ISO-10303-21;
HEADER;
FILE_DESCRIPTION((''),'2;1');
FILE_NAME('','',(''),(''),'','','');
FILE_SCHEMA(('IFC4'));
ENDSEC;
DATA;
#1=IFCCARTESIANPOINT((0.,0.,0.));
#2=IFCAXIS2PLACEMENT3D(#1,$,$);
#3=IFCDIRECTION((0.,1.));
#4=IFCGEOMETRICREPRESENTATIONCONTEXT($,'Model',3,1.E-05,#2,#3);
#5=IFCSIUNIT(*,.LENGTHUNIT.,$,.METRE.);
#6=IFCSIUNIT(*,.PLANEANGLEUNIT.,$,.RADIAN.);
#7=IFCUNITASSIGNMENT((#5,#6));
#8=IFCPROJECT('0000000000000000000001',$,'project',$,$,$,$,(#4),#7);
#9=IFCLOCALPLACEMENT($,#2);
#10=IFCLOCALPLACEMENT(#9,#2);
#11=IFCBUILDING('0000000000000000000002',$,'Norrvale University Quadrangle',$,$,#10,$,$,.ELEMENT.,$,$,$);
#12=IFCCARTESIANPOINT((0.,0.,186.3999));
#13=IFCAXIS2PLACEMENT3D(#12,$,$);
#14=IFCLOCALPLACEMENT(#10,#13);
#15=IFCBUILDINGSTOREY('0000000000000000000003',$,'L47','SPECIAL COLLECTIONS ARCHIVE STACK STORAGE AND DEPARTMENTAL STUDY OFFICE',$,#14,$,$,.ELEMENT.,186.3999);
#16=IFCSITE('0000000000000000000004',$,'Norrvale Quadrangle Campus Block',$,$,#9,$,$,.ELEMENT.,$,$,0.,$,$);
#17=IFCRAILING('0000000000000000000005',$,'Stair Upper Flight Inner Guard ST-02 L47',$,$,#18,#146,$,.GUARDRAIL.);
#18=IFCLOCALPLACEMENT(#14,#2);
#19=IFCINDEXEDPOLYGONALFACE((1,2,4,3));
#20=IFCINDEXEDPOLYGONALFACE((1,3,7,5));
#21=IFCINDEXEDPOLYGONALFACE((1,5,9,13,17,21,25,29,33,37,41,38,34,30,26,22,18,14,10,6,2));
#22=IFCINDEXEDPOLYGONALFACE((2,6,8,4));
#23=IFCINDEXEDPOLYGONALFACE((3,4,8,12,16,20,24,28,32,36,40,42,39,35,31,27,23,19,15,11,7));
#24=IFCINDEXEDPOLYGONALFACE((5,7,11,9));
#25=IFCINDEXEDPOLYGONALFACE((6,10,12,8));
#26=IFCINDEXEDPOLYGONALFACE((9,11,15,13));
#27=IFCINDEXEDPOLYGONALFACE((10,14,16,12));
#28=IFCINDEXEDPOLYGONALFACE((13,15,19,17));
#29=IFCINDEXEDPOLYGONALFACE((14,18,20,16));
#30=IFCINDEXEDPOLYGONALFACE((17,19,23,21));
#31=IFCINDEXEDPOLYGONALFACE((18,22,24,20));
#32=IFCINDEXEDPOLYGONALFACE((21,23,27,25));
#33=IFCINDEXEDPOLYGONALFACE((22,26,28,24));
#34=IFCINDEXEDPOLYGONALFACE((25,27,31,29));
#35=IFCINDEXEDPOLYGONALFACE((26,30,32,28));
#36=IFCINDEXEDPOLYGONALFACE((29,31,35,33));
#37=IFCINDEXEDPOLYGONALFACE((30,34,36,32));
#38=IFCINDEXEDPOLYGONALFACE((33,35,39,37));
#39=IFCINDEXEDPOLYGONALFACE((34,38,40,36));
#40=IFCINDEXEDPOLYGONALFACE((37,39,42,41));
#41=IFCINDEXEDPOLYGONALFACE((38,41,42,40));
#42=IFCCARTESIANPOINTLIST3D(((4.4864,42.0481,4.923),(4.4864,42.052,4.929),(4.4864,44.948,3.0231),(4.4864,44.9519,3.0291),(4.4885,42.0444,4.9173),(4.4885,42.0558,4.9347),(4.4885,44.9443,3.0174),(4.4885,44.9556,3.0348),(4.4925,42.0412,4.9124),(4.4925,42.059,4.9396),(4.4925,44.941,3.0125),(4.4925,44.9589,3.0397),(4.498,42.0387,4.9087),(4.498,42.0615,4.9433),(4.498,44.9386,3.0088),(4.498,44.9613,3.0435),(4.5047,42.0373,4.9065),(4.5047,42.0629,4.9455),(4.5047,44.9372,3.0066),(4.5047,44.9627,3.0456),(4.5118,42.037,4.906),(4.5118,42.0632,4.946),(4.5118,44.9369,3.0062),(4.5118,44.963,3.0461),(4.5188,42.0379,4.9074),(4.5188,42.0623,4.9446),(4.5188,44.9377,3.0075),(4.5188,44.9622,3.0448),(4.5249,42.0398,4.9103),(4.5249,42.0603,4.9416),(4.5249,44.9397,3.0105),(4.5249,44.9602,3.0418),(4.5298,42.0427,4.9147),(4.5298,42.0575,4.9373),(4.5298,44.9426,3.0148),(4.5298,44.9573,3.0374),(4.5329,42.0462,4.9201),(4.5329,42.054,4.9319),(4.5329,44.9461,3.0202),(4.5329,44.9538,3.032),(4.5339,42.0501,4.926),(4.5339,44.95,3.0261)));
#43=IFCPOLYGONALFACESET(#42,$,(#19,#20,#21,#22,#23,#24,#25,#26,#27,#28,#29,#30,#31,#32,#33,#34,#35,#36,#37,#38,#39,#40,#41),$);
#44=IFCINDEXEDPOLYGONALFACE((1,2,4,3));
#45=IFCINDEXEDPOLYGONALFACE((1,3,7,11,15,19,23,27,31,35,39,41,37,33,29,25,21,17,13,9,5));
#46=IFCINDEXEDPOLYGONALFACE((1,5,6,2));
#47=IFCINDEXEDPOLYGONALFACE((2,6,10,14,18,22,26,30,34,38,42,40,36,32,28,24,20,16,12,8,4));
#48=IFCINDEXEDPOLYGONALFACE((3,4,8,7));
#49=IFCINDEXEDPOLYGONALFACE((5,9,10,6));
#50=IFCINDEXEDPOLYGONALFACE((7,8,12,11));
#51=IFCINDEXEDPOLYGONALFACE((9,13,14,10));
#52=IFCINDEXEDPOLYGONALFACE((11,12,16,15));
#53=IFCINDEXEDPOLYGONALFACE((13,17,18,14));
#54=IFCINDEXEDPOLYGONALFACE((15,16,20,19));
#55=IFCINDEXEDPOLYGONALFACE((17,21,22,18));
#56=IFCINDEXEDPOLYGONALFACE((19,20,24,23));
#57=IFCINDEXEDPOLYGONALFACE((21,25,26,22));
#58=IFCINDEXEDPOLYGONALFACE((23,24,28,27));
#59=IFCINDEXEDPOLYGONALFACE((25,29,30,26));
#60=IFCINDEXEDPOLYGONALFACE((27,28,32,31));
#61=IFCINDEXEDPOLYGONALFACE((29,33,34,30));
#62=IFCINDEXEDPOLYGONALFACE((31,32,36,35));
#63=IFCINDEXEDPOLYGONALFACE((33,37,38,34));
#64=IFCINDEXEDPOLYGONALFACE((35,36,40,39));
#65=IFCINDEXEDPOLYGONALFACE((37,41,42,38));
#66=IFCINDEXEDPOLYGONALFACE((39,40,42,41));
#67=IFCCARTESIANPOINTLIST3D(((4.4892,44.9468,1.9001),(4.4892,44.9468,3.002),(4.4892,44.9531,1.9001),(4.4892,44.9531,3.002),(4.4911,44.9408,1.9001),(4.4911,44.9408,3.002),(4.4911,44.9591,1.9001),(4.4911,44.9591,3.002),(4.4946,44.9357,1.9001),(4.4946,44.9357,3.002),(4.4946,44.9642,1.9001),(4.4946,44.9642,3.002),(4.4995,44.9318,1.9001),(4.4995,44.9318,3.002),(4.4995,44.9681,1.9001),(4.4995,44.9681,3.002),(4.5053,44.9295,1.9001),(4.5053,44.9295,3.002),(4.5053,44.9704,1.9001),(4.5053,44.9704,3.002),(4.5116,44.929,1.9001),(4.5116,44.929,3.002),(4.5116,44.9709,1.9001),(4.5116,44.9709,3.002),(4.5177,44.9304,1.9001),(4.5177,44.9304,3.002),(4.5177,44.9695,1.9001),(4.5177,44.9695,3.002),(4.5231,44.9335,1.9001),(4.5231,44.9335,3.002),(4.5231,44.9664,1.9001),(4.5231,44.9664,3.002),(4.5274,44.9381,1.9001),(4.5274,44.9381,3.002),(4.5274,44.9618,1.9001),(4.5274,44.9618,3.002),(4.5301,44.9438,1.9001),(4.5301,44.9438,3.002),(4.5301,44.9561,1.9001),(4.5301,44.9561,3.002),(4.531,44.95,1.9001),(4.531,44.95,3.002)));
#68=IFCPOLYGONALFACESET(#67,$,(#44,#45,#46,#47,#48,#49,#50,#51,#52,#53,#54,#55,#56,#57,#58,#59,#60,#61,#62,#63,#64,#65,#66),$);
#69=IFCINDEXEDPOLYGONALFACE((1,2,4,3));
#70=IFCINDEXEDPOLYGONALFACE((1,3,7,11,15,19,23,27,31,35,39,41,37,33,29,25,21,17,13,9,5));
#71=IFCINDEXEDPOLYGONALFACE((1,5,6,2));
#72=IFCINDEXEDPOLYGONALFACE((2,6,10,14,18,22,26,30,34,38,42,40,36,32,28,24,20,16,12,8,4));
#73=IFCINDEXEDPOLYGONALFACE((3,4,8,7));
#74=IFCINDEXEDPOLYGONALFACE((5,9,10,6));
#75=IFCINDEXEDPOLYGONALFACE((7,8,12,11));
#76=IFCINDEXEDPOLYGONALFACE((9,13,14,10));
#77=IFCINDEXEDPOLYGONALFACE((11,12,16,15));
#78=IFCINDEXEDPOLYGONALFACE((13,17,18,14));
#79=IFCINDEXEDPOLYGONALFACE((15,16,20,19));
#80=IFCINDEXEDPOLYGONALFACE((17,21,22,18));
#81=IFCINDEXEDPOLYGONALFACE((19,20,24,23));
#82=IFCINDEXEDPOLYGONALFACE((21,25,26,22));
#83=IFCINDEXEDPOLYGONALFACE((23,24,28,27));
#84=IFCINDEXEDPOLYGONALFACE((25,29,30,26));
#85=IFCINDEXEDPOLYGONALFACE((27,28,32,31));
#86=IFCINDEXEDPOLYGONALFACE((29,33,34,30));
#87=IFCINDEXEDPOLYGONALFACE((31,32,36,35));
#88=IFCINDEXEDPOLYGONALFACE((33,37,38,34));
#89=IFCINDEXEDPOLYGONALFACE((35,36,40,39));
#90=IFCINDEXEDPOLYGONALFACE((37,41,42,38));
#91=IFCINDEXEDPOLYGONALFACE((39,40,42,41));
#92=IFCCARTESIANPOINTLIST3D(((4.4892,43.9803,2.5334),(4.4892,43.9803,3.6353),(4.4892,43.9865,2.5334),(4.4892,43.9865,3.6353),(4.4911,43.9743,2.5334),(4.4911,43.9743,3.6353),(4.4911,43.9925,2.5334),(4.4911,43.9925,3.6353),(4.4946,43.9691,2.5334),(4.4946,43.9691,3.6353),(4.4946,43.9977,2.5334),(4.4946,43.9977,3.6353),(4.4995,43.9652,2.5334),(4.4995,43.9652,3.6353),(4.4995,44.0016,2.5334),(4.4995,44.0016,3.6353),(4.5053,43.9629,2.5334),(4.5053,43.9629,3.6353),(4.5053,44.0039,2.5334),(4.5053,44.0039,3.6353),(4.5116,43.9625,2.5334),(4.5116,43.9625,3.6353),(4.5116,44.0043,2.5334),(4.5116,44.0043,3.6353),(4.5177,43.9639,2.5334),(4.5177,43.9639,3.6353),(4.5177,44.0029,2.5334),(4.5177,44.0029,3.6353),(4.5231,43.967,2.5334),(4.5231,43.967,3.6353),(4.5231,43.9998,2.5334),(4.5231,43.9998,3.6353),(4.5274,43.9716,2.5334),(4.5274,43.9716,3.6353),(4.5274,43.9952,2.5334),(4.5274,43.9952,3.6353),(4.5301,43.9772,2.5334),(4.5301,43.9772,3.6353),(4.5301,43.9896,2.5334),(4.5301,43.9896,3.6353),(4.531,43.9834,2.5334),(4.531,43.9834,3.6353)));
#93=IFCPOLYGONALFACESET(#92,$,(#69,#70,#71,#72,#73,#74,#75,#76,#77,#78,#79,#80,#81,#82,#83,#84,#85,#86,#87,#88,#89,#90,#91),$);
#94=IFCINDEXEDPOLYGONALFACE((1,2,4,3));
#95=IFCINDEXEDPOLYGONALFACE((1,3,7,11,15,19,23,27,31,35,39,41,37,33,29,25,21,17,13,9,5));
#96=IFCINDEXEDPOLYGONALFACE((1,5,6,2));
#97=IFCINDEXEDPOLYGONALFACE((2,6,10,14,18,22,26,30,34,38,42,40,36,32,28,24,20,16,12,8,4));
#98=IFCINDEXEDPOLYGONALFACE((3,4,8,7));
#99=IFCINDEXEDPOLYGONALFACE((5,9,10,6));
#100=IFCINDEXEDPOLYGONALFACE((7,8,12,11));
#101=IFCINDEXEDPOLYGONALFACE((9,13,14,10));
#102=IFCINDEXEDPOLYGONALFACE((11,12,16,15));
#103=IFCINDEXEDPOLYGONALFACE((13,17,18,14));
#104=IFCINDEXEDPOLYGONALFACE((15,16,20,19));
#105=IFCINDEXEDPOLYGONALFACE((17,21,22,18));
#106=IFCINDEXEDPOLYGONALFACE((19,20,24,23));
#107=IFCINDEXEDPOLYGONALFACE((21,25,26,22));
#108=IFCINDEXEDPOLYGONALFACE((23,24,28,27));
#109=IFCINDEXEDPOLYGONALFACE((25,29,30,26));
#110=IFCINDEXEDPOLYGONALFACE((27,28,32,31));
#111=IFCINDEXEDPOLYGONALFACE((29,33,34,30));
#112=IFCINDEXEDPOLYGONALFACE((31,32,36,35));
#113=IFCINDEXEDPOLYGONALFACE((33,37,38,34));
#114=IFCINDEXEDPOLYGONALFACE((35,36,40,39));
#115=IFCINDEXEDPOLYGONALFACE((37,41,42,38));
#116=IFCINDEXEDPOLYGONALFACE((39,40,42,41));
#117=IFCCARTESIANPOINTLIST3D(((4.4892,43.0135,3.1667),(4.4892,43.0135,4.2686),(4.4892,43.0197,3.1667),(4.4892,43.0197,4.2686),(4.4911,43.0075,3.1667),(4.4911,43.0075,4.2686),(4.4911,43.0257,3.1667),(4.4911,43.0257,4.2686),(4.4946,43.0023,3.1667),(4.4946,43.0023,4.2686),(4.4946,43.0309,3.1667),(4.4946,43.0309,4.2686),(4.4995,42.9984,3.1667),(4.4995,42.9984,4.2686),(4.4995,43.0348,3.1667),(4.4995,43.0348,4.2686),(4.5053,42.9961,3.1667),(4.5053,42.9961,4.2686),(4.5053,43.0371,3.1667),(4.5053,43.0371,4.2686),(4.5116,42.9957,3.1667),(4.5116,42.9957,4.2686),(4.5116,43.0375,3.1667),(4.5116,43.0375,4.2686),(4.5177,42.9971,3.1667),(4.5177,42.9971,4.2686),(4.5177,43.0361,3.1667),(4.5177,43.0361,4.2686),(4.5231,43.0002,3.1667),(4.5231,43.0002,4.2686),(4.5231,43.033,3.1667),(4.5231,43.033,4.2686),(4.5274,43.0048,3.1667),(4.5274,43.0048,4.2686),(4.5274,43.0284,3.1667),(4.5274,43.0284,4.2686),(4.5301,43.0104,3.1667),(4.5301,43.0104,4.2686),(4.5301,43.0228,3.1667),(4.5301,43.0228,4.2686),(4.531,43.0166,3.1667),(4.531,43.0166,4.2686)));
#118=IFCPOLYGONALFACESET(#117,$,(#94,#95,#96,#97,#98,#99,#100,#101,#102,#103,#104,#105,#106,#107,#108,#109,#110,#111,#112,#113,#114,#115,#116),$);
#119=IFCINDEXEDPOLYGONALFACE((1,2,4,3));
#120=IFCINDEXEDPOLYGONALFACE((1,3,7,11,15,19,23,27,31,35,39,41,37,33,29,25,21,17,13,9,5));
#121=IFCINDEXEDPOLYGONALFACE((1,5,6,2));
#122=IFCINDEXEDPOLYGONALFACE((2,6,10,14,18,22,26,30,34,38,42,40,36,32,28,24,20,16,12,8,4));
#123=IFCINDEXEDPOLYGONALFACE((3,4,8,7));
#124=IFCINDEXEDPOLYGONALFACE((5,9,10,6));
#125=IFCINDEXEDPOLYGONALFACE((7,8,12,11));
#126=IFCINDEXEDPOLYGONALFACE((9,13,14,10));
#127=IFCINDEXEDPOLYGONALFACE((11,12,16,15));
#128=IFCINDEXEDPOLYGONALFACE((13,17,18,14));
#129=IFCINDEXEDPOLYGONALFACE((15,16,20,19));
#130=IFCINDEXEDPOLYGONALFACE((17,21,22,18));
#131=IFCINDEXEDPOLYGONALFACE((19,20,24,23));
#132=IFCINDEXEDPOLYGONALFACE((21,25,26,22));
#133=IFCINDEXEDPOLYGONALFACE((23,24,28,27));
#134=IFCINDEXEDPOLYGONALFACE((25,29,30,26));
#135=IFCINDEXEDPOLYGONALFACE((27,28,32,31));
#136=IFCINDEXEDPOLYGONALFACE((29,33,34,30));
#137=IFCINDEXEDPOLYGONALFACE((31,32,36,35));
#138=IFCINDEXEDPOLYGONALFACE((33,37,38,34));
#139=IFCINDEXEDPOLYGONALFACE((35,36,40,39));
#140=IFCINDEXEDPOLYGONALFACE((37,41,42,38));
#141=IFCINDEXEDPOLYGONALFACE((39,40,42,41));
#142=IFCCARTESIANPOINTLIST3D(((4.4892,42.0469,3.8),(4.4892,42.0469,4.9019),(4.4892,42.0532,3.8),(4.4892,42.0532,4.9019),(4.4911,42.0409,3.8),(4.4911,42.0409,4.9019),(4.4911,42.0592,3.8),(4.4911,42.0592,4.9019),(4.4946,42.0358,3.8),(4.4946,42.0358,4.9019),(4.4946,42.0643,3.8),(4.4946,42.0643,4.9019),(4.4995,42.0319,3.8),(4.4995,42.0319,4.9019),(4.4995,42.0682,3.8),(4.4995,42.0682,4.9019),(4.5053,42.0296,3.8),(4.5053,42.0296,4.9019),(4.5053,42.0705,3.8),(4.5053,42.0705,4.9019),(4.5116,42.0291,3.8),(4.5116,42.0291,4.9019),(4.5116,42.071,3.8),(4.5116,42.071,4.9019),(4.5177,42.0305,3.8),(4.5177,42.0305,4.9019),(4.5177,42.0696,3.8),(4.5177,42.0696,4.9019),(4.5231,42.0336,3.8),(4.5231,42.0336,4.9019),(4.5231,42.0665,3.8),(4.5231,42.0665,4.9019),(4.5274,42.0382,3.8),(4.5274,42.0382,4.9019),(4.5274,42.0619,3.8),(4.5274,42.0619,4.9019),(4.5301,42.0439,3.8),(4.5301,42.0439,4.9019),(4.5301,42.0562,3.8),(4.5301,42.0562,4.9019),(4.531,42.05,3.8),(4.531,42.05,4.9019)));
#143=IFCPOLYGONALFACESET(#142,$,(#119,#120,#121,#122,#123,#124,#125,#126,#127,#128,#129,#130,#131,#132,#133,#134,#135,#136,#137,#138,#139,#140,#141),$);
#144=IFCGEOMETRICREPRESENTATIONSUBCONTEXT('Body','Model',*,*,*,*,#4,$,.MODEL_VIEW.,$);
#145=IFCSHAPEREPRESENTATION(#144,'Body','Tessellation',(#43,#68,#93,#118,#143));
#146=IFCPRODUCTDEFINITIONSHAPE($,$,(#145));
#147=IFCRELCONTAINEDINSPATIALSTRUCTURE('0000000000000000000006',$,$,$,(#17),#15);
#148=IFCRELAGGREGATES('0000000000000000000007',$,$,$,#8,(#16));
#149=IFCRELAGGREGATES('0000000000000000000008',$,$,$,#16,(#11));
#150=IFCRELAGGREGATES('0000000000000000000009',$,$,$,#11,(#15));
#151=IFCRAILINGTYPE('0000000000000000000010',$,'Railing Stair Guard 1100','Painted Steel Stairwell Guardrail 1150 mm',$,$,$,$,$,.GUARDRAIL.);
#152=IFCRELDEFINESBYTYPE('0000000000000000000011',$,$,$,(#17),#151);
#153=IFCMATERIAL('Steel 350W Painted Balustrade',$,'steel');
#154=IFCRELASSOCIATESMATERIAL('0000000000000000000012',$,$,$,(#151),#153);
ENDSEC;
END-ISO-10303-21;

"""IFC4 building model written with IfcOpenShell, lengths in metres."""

from ifc_helpers import new_model, si_unit, direction, frame, origin, origin_2d, place, context, subcontext, project, spatial, circle, extrude, material, type_object, element, save


model = new_model("IFC4")

# Units and contexts
model_context = context("Model", 3, precision=1e-05, world=origin(), true_north=direction((0.0, 1.0)))
body_context = subcontext(model_context, "Body", "Model", "MODEL_VIEW")
ifc_project = project(units=[si_unit("LENGTHUNIT", "METRE"), si_unit("PLANEANGLEUNIT", "RADIAN")], contexts=[model_context])

# Site, building, storey
site_placement = place(None, origin())
site = spatial("IfcSite", under=ifc_project, at=site_placement, Name="Norrvale Quadrangle Campus Block", CompositionType="ELEMENT", RefElevation=0.0)
building_placement = place(site_placement, origin())
building = spatial("IfcBuilding", under=site, at=building_placement, Name="Norrvale University Quadrangle", CompositionType="ELEMENT")
storey_placement = place(building_placement, frame((0.0, 0.0, 186.3999)))
storey = spatial("IfcBuildingStorey", under=building, at=storey_placement, Name="L47", Description="SPECIAL COLLECTIONS ARCHIVE STACK STORAGE AND DEPARTMENTAL STUDY OFFICE", CompositionType="ELEMENT", Elevation=186.3999)

# Railing
ifc_material_1 = material(Name="Steel 350W Painted Balustrade", Category="steel")
railing_type_1 = type_object("IfcRailingType", Name="Railing Stair Guard 1100", Description="Painted Steel Stairwell Guardrail 1150 mm", PredefinedType="GUARDRAIL", material=ifc_material_1)
railing_1_placement = place(storey_placement, frame((4.51, 44.95, 1.9001)))
element("IfcRailing", 1, at=railing_1_placement, inside=storey, type_object=railing_type_1, Name="Stair Upper Flight Inner Guard ST-02 L47", PredefinedType="GUARDRAIL", context=body_context, shape_type="SweptSolid", body=[
    extrude(circle(Radius=0.0239, at=origin_2d()), frame((0.0, 0.0, 1.126), z_axis=(0.0, -0.836466, 0.548019), x_axis=(1.0, 0.0, 0.0)), (0.0, 0.0, 1.0), 3.4668),
    extrude(circle(Radius=0.021, at=origin_2d()), origin(), (0.0, 0.0, 1.0), 1.1018),
    extrude(circle(Radius=0.021, at=origin_2d()), frame((0.0, -0.9666, 0.6333)), (0.0, 0.0, 1.0), 1.1018),
    extrude(circle(Radius=0.021, at=origin_2d()), frame((0.0, -1.9333, 1.2666)), (0.0, 0.0, 1.0), 1.1018),
    extrude(circle(Radius=0.021, at=origin_2d()), frame((0.0, -2.8999, 1.8999)), (0.0, 0.0, 1.0), 1.1018),
])

save(model, "model.ifc")
